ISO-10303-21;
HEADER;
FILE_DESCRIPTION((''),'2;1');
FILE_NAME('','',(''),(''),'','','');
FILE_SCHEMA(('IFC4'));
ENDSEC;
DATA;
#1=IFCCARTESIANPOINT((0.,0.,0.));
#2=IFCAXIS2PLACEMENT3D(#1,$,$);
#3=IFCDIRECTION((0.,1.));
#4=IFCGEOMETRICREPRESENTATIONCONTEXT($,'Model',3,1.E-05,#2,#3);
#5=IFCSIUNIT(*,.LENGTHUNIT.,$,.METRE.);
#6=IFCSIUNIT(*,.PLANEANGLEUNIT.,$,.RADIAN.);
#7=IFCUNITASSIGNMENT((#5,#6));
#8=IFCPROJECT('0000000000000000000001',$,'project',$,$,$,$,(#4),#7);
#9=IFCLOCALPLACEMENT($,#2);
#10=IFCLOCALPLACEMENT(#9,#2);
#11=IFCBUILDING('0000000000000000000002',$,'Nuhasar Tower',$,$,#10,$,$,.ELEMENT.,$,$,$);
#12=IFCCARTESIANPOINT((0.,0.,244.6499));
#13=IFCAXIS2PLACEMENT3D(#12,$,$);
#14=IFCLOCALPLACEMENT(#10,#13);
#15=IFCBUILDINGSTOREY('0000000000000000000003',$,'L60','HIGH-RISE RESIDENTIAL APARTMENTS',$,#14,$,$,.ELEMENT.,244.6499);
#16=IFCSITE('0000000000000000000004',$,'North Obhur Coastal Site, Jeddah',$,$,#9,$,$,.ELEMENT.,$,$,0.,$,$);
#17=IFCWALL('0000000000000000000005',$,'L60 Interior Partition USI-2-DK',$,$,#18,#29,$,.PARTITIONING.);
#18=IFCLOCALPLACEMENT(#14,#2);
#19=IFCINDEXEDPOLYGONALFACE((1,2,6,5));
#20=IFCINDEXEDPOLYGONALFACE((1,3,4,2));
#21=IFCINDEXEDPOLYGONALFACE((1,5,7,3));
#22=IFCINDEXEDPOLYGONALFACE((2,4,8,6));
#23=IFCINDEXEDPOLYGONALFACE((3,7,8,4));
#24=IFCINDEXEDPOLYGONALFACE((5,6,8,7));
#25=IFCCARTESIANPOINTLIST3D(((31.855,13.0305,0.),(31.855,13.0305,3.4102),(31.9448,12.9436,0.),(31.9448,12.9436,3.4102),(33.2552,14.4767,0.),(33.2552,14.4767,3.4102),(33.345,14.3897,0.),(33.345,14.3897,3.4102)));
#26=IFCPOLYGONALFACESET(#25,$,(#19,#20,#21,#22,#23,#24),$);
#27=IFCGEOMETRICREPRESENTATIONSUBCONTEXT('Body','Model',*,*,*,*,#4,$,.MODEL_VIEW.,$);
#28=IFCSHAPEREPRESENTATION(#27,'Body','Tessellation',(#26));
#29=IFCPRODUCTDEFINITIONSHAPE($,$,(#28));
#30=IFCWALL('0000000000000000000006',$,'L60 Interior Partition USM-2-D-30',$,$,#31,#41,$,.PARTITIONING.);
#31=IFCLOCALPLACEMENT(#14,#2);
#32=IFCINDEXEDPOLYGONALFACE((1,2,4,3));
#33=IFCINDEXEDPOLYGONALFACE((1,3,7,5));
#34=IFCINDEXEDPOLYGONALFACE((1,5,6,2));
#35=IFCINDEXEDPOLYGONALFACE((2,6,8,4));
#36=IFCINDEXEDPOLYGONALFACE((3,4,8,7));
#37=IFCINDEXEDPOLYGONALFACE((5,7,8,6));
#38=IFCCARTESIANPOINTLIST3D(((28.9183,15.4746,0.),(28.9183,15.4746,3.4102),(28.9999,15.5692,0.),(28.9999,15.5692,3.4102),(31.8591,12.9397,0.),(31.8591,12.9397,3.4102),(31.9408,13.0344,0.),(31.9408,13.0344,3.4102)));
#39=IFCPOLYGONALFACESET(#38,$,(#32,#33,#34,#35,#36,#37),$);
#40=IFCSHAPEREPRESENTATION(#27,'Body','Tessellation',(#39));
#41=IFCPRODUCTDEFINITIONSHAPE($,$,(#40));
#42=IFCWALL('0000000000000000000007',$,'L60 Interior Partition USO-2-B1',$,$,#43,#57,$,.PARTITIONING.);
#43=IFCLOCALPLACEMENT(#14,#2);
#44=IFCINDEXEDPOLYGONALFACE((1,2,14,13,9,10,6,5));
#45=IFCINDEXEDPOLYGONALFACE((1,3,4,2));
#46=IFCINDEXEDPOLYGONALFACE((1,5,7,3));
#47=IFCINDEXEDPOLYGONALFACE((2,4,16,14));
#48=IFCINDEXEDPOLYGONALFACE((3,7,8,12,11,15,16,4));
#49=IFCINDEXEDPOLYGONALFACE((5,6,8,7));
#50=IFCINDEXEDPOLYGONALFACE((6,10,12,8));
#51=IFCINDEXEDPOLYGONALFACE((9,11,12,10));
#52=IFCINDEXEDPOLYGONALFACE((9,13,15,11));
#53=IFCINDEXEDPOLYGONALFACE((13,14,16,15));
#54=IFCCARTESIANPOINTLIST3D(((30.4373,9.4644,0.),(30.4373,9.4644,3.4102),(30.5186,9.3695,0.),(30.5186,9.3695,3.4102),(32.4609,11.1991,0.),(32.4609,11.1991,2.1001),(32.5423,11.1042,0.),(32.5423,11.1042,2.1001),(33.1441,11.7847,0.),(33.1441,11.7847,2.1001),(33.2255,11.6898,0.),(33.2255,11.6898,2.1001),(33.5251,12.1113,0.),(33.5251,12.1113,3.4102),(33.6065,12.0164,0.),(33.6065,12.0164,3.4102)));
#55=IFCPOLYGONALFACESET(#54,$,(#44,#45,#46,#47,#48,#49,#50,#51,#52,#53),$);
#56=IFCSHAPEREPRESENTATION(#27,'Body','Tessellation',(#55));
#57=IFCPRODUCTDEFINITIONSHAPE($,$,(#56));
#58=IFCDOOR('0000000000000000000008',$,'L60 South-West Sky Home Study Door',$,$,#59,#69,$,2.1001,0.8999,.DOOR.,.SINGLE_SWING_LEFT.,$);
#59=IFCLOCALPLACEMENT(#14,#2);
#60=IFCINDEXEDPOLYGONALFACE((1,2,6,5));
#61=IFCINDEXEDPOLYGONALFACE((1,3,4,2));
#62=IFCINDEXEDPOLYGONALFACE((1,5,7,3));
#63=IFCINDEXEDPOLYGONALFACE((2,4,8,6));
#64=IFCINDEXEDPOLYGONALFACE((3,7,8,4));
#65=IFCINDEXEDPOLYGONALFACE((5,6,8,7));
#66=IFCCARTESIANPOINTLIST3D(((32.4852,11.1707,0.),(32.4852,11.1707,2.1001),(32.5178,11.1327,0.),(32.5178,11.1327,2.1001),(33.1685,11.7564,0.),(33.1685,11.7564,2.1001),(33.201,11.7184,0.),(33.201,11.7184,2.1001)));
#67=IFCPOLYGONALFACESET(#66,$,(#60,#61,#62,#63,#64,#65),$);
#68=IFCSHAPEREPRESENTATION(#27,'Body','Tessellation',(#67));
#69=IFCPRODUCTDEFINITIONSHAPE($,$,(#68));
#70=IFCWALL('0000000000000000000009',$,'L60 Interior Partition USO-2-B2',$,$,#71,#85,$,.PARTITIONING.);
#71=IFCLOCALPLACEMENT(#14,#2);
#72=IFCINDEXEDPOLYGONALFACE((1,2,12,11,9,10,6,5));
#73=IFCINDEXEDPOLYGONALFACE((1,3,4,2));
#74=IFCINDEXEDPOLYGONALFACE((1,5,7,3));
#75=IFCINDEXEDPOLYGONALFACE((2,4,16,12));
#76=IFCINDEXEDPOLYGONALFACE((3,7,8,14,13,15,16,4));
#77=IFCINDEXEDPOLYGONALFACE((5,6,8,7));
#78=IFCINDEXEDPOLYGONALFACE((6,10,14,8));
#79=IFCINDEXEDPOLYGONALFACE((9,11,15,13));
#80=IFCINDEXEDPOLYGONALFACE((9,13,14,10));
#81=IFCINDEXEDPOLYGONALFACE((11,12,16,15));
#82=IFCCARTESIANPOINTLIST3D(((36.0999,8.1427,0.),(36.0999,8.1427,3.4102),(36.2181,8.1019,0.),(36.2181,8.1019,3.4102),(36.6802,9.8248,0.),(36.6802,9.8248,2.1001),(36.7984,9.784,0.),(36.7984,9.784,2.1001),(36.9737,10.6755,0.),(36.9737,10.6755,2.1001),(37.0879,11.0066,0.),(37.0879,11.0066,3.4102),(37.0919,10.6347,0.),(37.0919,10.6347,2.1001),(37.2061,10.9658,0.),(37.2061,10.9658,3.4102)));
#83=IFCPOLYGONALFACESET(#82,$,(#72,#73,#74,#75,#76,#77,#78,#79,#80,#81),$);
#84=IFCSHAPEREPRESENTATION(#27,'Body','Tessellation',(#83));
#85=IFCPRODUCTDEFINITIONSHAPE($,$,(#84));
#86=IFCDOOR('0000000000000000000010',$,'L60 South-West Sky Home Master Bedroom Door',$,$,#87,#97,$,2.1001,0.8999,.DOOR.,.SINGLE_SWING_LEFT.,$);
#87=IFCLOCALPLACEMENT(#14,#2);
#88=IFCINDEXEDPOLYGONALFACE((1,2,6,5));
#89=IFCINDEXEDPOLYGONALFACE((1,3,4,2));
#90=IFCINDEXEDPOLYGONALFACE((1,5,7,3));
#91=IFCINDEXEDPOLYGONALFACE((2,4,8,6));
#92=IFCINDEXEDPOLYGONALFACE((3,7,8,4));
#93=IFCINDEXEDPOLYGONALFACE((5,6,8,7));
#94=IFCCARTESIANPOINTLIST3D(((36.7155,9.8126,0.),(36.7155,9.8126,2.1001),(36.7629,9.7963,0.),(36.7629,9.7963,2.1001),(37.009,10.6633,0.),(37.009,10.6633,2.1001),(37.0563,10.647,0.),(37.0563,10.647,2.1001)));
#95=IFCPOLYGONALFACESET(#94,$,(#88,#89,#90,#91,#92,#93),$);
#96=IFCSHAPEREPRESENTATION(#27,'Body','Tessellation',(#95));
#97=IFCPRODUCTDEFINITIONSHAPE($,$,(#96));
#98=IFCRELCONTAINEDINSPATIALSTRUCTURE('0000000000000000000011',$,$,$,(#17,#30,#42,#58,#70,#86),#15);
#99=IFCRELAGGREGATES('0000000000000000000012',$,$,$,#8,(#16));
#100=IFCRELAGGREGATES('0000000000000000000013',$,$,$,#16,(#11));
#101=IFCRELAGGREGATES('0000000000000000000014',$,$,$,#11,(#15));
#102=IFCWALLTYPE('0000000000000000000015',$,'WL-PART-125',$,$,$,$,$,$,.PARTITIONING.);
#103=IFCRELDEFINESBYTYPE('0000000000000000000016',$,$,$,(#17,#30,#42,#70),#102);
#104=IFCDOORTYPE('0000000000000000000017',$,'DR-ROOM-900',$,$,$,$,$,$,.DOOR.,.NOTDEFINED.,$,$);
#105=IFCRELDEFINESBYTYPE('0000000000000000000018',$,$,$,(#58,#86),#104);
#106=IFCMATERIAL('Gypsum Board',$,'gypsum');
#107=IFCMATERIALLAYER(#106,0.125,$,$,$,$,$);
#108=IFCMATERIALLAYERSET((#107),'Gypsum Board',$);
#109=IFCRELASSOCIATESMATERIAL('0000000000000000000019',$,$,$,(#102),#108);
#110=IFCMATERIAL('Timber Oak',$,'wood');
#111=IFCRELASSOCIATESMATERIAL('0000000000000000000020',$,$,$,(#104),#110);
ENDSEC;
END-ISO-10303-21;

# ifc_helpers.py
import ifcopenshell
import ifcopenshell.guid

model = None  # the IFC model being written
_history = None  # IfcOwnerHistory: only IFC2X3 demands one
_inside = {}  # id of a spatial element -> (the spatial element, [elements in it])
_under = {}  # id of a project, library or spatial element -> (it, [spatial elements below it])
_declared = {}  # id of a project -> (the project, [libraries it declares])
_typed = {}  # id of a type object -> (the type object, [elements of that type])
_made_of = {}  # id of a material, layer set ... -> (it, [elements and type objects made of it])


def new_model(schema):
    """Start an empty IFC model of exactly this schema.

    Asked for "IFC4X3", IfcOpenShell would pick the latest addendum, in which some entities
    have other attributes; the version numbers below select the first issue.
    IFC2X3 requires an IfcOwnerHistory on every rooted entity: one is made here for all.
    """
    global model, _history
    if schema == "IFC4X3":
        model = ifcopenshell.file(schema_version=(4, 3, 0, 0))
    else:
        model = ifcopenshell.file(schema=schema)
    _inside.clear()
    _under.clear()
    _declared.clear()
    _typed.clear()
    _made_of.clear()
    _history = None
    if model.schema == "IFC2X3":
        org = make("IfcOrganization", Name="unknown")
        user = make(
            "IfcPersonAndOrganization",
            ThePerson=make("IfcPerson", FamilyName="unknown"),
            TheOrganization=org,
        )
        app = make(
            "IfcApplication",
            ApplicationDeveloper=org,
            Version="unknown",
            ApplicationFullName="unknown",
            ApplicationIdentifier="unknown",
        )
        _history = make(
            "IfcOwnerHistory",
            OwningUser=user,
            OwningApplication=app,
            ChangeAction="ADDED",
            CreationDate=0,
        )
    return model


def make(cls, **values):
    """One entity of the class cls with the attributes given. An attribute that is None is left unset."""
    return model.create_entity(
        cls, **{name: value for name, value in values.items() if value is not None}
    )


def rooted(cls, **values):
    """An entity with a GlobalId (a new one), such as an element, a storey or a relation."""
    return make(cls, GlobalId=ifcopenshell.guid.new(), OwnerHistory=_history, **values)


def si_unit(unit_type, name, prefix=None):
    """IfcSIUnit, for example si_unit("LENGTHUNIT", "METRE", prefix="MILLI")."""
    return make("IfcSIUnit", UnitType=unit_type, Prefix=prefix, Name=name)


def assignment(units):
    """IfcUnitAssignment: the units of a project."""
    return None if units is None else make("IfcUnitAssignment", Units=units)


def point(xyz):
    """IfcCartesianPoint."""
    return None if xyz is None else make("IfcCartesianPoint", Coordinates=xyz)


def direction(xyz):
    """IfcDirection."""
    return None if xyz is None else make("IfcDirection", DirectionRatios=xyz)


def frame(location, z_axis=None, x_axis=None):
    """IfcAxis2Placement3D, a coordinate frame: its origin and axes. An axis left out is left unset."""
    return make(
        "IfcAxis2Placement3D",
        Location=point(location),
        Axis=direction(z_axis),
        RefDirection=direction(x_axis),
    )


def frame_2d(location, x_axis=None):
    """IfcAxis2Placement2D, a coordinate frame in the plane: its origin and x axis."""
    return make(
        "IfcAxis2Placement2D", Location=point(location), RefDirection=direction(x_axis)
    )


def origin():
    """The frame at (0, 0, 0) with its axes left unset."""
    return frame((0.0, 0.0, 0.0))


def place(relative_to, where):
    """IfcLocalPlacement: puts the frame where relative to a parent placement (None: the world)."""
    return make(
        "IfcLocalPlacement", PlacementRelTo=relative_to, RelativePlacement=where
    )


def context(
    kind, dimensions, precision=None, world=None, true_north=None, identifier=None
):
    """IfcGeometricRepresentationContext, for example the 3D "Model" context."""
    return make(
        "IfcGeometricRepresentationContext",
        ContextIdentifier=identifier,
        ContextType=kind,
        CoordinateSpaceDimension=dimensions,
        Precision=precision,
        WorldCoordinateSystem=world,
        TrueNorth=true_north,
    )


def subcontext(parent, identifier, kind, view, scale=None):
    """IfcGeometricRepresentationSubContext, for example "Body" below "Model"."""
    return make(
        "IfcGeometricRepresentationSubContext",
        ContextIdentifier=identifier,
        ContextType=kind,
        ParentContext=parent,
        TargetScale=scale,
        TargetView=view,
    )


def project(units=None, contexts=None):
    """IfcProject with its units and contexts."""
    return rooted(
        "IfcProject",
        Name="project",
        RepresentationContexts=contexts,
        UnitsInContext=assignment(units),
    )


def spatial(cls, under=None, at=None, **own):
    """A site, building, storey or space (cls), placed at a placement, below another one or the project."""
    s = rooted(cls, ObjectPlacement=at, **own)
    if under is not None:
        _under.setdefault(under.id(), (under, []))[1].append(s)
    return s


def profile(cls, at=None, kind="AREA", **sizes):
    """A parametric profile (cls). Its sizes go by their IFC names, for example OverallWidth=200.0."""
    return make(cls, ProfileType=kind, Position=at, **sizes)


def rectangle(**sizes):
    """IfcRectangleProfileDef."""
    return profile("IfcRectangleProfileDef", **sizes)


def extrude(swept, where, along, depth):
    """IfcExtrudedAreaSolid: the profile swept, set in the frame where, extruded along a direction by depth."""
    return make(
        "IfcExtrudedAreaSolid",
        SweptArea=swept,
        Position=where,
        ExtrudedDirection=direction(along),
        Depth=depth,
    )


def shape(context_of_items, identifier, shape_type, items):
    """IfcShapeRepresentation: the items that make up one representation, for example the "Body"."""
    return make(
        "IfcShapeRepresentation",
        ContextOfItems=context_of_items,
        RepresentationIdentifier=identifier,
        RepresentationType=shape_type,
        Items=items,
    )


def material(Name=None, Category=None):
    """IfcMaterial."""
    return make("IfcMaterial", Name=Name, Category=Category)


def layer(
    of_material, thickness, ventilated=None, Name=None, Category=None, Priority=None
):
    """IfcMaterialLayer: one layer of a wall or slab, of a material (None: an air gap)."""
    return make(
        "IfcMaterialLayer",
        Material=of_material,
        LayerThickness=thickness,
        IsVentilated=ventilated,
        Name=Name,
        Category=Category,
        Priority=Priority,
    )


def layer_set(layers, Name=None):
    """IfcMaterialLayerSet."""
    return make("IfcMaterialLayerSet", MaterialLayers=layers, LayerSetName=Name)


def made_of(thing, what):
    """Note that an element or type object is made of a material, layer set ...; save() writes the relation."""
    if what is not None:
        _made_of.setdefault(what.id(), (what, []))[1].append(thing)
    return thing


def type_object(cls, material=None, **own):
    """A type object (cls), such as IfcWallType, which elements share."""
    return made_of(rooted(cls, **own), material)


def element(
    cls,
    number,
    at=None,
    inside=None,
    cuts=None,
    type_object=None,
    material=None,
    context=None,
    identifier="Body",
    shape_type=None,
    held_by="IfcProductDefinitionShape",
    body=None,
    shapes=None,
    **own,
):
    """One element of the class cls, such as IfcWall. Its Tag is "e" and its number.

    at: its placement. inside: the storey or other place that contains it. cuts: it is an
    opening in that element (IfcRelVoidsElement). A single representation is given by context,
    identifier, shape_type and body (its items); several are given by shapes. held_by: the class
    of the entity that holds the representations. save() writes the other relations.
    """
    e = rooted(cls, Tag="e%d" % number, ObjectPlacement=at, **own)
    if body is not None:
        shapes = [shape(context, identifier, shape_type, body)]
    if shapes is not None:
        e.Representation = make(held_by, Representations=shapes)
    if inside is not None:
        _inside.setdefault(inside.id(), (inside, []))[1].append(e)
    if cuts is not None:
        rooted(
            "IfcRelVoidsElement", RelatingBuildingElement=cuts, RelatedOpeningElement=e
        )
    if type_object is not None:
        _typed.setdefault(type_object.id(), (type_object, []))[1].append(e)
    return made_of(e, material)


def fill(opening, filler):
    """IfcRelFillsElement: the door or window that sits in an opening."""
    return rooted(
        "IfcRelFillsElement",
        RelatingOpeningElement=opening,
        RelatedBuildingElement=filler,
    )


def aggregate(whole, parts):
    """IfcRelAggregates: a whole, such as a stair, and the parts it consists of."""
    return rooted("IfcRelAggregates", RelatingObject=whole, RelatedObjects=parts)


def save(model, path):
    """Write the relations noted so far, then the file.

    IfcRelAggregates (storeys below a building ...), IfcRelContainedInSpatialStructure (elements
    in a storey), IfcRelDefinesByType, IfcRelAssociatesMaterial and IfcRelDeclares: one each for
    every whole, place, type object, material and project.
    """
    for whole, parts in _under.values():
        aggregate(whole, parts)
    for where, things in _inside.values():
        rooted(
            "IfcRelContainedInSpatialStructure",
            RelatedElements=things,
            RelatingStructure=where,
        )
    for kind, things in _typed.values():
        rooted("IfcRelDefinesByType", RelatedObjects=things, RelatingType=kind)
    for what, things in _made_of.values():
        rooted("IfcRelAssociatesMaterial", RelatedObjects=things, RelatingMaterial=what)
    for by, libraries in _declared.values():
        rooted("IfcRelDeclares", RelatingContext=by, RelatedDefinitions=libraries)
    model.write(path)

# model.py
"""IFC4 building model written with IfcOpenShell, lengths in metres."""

from ifc_helpers import new_model, si_unit, direction, frame, frame_2d, origin, place, context, subcontext, project, spatial, rectangle, extrude, material, layer, layer_set, type_object, element, fill, save


model = new_model("IFC4")

# Units and contexts
model_context = context("Model", 3, precision=1e-05, world=origin(), true_north=direction((0.0, 1.0)))
body_context = subcontext(model_context, "Body", "Model", "MODEL_VIEW")
ifc_project = project(units=[si_unit("LENGTHUNIT", "METRE"), si_unit("PLANEANGLEUNIT", "RADIAN")], contexts=[model_context])

# Site, building, storey
site_placement = place(None, origin())
site = spatial("IfcSite", under=ifc_project, at=site_placement, Name="North Obhur Coastal Site, Jeddah", CompositionType="ELEMENT", RefElevation=0.0)
building_placement = place(site_placement, origin())
building = spatial("IfcBuilding", under=site, at=building_placement, Name="Nuhasar Tower", CompositionType="ELEMENT")
storey_placement = place(building_placement, frame((0.0, 0.0, 244.6499)))
storey = spatial("IfcBuildingStorey", under=building, at=storey_placement, Name="L60", Description="HIGH-RISE RESIDENTIAL APARTMENTS", CompositionType="ELEMENT", Elevation=244.6499)

# Shared definitions
ifc_material_1 = material(Name="Gypsum Board", Category="gypsum")

# Shared definitions
ifc_layer_1 = layer(ifc_material_1, 0.125)
ifc_layer_set_1 = layer_set([ifc_layer_1], Name="Gypsum Board")
wall_type_1 = type_object("IfcWallType", Name="WL-PART-125", PredefinedType="PARTITIONING", material=ifc_layer_set_1)
ifc_material_2 = material(Name="Timber Oak", Category="wood")
door_type = type_object("IfcDoorType", Name="DR-ROOM-900", OperationType="NOTDEFINED", PredefinedType="DOOR", material=ifc_material_2)

# Walls
wall_1_placement = place(storey_placement, frame((33.3, 14.4331, 0.0), z_axis=(0.0, 0.0, 1.0), x_axis=(-0.695613, -0.718416, 0.0)))
element("IfcWall", 1, at=wall_1_placement, inside=storey, type_object=wall_type_1, Name="L60 Interior Partition USI-2-DK", PredefinedType="PARTITIONING", context=body_context, shape_type="SweptSolid", body=[
    extrude(rectangle(XDim=2.0129, YDim=0.125, at=frame_2d((1.0063, 0.0))), origin(), (0.0, 0.0, 1.0), 3.4102),
])
wall_2_placement = place(storey_placement, frame((28.959, 15.522, 0.0), z_axis=(0.0, 0.0, 1.0), x_axis=(0.757456, -0.652886, 0.0)))
element("IfcWall", 2, at=wall_2_placement, inside=storey, type_object=wall_type_1, Name="L60 Interior Partition USM-2-D-30", PredefinedType="PARTITIONING", context=body_context, shape_type="SweptSolid", body=[
    extrude(rectangle(XDim=3.8826, YDim=0.125, at=frame_2d((1.9414, 0.0))), origin(), (0.0, 0.0, 1.0), 3.4102),
])

# Walls, openings, doors
wall_3_placement = place(storey_placement, frame((33.5659, 12.064, 0.0), z_axis=(0.0, 0.0, 1.0), x_axis=(-0.759231, -0.650821, 0.0)))
wall_3 = element("IfcWall", 3, at=wall_3_placement, inside=storey, type_object=wall_type_1, Name="L60 Interior Partition USO-2-B1", PredefinedType="PARTITIONING", context=body_context, shape_type="SweptSolid", body=[
    extrude(rectangle(XDim=4.0671, YDim=0.125, at=frame_2d((2.0337, 0.0))), origin(), (0.0, 0.0, 1.0), 3.4102),
])
opening_1_placement = place(wall_3_placement, frame((0.502, 0.0, 0.0)))
opening_1 = element("IfcOpeningElement", 4, at=opening_1_placement, cuts=wall_3, PredefinedType="OPENING", context=body_context, shape_type="SweptSolid", body=[
    extrude(rectangle(XDim=0.8999, YDim=2.1001, at=frame_2d((0.45, 1.05))), frame((0.0, 0.0725, 0.0), z_axis=(0.0, -1.0, 0.0), x_axis=(1.0, 0.0, 0.0)), (0.0, 0.0, 1.0), 0.145),
])
door_1_placement = place(opening_1_placement, origin())
door_1 = element("IfcDoor", 5, at=door_1_placement, inside=storey, type_object=door_type, Name="L60 South-West Sky Home Study Door", OperationType="SINGLE_SWING_LEFT", OverallHeight=2.1001, OverallWidth=0.8999, PredefinedType="DOOR", context=body_context, shape_type="SweptSolid", body=[
    extrude(rectangle(XDim=0.8999, YDim=2.1001, at=frame_2d((0.45, 1.05))), frame((0.0, 0.0249, 0.0), z_axis=(0.0, -1.0, 0.0), x_axis=(1.0, 0.0, 0.0)), (0.0, 0.0, 1.0), 0.05),
])
fill(opening_1, door_1)
wall_4_placement = place(storey_placement, frame((37.147, 10.9861, 0.0), z_axis=(0.0, 0.0, 1.0), x_axis=(-0.326122, -0.945328, 0.0)))
wall_4 = element("IfcWall", 6, at=wall_4_placement, inside=storey, type_object=wall_type_1, Name="L60 Interior Partition USO-2-B2", PredefinedType="PARTITIONING", context=body_context, shape_type="SweptSolid", body=[
    extrude(rectangle(XDim=3.0295, YDim=0.125, at=frame_2d((1.5146, 0.0))), origin(), (0.0, 0.0, 1.0), 3.4102),
])
opening_2_placement = place(wall_4_placement, frame((0.3501, 0.0, 0.0)))
opening_2 = element("IfcOpeningElement", 7, at=opening_2_placement, cuts=wall_4, PredefinedType="OPENING", context=body_context, shape_type="SweptSolid", body=[
    extrude(rectangle(XDim=0.8999, YDim=2.1001, at=frame_2d((0.45, 1.05))), frame((0.0, 0.0725, 0.0), z_axis=(0.0, -1.0, 0.0), x_axis=(1.0, 0.0, 0.0)), (0.0, 0.0, 1.0), 0.145),
])
door_2_placement = place(opening_2_placement, origin())
door_2 = element("IfcDoor", 8, at=door_2_placement, inside=storey, type_object=door_type, Name="L60 South-West Sky Home Master Bedroom Door", OperationType="SINGLE_SWING_LEFT", OverallHeight=2.1001, OverallWidth=0.8999, PredefinedType="DOOR", context=body_context, shape_type="SweptSolid", body=[
    extrude(rectangle(XDim=0.8999, YDim=2.1001, at=frame_2d((0.45, 1.05))), frame((0.0, 0.0249, 0.0), z_axis=(0.0, -1.0, 0.0), x_axis=(1.0, 0.0, 0.0)), (0.0, 0.0, 1.0), 0.05),
])
fill(opening_2, door_2)

save(model, "model.ifc")
